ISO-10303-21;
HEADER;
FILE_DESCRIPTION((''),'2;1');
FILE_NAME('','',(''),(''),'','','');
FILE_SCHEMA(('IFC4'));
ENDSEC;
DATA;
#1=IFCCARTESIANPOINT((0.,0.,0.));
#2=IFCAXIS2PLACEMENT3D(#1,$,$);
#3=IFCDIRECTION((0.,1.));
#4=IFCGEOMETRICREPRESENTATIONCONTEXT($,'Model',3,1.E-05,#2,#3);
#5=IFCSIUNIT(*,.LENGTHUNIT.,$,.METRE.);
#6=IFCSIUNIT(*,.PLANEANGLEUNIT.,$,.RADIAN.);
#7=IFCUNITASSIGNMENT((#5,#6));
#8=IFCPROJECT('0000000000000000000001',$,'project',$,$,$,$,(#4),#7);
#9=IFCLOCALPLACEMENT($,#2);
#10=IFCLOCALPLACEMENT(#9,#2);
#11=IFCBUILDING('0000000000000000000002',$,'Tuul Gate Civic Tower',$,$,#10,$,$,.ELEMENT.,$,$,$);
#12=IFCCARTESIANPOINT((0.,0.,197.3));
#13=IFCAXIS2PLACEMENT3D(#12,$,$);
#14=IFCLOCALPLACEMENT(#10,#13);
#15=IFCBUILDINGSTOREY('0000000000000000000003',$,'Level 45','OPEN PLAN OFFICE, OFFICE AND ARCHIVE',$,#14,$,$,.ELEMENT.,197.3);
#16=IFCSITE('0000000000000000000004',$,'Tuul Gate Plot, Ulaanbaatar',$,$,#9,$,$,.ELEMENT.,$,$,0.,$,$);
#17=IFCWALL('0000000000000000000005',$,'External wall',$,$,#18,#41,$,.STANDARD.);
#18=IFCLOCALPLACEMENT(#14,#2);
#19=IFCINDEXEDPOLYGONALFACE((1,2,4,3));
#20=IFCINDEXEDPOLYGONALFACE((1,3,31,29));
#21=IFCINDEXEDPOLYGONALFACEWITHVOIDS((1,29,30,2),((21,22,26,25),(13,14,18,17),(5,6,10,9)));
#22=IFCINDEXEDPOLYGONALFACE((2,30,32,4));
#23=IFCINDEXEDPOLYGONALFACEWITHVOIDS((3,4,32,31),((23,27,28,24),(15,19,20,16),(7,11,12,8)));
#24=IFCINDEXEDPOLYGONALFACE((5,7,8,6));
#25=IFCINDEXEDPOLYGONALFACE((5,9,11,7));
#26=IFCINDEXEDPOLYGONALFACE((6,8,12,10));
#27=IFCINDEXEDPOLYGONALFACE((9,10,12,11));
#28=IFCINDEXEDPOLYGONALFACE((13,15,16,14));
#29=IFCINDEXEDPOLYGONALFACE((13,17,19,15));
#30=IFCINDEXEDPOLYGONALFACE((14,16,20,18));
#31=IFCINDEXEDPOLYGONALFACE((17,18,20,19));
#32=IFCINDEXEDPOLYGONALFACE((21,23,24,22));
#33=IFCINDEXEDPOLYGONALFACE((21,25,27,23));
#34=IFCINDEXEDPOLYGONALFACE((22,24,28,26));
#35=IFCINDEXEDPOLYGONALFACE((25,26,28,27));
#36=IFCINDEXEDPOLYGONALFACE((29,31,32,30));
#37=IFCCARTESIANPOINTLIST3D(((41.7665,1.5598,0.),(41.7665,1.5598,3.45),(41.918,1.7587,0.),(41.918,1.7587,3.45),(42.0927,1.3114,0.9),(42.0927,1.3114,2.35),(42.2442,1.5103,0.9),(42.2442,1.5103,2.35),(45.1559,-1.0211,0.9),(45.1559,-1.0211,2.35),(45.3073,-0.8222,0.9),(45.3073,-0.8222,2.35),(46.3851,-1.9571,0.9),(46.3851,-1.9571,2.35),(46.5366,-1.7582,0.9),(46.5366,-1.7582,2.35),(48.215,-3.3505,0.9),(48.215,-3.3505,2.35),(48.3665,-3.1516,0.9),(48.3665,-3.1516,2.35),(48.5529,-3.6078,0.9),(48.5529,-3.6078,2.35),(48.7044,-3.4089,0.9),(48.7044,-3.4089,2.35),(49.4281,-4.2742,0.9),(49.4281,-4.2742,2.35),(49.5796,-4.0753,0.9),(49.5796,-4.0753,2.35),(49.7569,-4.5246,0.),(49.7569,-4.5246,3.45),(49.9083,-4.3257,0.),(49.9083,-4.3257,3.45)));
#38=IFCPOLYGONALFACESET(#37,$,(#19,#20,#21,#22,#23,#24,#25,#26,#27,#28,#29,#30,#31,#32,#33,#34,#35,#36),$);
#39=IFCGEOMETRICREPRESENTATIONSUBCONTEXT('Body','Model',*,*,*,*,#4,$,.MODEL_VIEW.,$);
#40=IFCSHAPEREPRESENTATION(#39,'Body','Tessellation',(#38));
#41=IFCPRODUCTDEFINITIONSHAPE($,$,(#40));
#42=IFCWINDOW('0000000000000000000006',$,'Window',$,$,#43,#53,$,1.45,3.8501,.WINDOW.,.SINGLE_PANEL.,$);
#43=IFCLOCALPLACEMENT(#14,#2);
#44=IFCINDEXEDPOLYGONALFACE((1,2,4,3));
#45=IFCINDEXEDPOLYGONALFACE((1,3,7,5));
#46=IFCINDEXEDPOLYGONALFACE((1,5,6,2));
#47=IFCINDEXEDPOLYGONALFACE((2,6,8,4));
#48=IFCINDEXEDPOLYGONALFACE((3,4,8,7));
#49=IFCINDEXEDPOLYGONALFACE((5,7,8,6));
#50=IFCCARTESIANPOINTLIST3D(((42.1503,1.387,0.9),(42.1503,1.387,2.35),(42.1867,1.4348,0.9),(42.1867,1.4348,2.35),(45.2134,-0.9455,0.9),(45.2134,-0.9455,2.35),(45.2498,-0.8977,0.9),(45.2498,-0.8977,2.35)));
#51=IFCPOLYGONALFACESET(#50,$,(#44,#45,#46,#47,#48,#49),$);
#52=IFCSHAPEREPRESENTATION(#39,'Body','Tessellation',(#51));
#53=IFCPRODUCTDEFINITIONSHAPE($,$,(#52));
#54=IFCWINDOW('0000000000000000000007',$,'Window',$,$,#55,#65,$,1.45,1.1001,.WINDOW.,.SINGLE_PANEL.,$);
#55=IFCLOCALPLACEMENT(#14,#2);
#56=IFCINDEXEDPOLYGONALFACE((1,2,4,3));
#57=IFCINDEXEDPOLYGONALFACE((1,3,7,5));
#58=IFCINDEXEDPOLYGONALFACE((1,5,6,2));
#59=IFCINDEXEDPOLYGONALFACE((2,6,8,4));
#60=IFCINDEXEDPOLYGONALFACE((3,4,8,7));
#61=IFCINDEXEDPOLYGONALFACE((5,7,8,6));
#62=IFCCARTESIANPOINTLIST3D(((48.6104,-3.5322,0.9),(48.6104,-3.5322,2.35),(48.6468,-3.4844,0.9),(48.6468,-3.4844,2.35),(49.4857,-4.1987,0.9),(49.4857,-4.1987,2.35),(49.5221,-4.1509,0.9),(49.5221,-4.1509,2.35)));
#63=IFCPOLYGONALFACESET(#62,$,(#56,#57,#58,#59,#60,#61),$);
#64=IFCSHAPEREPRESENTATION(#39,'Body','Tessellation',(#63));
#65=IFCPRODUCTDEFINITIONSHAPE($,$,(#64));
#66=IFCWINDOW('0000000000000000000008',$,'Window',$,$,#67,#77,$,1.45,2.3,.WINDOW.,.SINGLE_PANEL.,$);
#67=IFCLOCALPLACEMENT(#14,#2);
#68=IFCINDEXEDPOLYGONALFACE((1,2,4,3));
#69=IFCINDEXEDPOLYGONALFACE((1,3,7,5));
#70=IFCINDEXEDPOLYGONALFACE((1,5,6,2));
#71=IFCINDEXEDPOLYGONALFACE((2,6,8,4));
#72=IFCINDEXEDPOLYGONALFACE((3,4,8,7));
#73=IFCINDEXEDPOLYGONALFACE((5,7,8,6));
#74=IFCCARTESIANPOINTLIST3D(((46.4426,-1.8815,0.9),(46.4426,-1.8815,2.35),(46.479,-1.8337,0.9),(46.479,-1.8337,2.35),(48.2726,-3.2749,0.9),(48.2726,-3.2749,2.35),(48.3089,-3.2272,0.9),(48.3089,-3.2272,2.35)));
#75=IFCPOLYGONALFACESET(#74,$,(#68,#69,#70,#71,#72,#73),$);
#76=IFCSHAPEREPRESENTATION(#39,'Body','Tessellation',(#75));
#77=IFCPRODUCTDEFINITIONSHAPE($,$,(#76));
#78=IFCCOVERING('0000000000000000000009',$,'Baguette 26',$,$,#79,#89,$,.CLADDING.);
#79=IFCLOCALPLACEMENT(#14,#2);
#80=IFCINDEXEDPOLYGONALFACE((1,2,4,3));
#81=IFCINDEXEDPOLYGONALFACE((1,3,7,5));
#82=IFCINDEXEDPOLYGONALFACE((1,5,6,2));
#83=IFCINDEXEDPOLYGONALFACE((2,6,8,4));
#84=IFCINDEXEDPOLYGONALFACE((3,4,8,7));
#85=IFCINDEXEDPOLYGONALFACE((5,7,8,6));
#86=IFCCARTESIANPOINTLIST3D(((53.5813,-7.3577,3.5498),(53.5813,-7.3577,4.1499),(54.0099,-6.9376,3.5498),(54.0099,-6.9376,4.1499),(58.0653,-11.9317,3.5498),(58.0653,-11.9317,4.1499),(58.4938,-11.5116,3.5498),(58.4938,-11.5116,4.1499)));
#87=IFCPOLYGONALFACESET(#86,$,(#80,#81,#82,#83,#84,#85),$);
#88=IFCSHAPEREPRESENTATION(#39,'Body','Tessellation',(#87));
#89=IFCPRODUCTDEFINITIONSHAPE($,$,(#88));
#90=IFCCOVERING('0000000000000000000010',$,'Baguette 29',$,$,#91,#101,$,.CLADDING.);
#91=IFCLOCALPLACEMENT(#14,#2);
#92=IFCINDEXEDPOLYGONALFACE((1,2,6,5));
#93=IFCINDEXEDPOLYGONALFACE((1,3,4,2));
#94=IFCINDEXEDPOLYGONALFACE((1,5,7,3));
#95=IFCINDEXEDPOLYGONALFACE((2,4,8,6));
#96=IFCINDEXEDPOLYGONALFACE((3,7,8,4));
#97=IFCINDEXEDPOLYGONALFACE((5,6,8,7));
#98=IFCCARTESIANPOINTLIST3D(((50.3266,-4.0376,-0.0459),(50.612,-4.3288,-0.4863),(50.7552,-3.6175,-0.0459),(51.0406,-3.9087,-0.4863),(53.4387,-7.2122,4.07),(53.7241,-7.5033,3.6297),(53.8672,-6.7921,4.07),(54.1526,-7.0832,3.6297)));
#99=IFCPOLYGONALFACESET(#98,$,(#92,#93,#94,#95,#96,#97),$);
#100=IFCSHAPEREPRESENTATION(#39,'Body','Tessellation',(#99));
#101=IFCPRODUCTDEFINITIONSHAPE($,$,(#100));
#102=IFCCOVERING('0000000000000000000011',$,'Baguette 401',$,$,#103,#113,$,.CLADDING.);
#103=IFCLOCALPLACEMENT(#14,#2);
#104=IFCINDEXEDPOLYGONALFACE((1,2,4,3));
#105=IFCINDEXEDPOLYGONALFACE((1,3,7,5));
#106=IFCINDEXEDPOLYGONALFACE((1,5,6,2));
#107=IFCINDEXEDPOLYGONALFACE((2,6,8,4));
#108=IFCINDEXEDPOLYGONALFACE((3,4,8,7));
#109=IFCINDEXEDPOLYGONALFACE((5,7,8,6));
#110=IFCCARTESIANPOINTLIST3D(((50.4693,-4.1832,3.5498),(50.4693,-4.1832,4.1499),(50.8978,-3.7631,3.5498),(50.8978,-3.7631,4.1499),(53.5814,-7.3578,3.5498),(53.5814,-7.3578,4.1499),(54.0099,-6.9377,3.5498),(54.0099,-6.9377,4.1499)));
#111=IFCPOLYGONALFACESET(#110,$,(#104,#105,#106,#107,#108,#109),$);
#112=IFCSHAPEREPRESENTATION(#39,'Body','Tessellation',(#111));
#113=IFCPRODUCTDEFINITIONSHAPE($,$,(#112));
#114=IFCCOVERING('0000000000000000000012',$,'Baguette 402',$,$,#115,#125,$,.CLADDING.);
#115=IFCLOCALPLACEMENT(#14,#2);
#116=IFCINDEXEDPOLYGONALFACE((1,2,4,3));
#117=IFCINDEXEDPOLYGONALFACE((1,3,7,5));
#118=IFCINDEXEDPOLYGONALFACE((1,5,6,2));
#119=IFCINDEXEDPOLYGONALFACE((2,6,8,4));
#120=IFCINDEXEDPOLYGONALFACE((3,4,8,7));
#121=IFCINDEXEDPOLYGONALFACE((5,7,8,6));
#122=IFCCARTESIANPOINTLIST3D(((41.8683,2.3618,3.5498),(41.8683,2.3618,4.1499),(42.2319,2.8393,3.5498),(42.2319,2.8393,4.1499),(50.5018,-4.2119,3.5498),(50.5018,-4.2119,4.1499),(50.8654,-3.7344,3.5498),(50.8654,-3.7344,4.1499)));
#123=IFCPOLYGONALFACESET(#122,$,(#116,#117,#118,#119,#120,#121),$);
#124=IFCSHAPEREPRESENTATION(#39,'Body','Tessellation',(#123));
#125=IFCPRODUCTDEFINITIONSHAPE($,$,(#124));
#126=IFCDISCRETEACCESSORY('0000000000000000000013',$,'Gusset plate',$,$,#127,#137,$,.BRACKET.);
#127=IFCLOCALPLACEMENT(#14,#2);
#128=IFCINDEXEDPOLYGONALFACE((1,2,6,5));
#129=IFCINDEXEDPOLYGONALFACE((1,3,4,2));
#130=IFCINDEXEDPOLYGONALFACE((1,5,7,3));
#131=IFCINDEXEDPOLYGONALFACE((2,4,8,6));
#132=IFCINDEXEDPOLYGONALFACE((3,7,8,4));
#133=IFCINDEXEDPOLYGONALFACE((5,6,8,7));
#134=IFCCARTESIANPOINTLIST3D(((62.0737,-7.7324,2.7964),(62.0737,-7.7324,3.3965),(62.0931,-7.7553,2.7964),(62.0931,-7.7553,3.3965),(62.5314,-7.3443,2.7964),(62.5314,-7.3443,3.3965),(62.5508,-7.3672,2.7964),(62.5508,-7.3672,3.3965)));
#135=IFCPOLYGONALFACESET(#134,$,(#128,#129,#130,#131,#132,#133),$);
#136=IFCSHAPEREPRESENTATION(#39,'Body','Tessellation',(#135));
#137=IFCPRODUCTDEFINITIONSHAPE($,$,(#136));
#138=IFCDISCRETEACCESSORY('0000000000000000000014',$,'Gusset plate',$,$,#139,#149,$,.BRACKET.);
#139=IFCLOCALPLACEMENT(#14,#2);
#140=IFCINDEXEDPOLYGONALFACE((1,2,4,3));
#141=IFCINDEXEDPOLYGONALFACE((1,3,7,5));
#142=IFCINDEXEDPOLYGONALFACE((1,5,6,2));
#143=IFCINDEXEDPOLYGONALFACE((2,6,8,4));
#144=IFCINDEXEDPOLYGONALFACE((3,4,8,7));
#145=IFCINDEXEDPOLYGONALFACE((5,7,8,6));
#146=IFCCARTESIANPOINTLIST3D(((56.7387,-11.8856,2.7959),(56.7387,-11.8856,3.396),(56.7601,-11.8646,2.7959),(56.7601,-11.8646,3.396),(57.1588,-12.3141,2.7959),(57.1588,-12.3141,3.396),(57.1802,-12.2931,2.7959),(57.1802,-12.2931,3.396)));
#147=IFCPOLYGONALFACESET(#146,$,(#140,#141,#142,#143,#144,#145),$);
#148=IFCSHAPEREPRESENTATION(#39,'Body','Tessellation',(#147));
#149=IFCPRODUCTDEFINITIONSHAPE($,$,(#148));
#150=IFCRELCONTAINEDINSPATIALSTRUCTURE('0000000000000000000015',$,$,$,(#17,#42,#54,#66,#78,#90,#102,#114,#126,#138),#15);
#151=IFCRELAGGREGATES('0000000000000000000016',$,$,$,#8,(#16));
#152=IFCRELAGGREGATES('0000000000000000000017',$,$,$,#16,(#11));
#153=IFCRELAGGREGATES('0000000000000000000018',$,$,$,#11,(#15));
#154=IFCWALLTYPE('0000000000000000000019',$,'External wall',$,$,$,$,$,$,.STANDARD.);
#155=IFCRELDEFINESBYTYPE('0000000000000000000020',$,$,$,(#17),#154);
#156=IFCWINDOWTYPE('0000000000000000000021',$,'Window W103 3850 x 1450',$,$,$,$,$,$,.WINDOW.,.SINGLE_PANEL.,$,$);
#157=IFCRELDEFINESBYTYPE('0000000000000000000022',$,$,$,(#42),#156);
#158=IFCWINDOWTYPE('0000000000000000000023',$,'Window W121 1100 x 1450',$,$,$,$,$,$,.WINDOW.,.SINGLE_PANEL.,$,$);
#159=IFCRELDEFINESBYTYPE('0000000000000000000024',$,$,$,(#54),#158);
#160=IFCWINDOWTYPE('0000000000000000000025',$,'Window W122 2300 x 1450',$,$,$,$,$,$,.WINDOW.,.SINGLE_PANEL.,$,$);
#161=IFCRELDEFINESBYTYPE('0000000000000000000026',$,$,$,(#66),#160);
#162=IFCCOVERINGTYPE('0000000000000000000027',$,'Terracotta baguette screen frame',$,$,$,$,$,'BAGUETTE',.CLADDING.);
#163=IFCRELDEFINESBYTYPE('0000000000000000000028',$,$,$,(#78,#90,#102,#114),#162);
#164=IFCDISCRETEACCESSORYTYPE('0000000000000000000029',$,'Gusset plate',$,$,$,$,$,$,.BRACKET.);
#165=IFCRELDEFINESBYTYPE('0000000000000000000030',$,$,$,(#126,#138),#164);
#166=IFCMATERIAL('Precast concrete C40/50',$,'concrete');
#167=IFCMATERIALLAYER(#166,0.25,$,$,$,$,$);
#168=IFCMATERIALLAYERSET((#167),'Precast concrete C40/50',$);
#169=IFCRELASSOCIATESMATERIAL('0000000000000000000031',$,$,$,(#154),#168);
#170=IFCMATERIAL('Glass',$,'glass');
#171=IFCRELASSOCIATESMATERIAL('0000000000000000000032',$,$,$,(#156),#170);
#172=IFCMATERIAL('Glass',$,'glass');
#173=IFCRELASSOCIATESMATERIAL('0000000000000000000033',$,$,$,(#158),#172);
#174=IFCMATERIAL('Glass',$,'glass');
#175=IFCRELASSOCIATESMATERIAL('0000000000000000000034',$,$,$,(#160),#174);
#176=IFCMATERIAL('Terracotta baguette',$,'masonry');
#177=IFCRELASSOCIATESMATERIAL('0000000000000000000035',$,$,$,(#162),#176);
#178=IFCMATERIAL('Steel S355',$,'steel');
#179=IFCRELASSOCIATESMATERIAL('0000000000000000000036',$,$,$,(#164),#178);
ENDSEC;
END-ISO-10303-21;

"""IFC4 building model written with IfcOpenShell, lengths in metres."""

from ifc_helpers import new_model, si_unit, direction, frame, frame_2d, origin, origin_2d, place, context, subcontext, project, spatial, rectangle, extrude, material, layer, layer_set, material_profile, profile_set, type_object, element, fill, save


model = new_model("IFC4")

# Units and contexts
model_context = context("Model", 3, precision=1e-05, world=origin(), true_north=direction((0.0, 1.0)))
body_context = subcontext(model_context, "Body", "Model", "MODEL_VIEW")
ifc_project = project(units=[si_unit("LENGTHUNIT", "METRE"), si_unit("PLANEANGLEUNIT", "RADIAN")], contexts=[model_context])

# Site, building, storey
site_placement = place(None, origin())
site = spatial("IfcSite", under=ifc_project, at=site_placement, Name="Tuul Gate Plot, Ulaanbaatar", CompositionType="ELEMENT", RefElevation=0.0)
building_placement = place(site_placement, origin())
building = spatial("IfcBuilding", under=site, at=building_placement, Name="Tuul Gate Civic Tower", CompositionType="ELEMENT")
storey_placement = place(building_placement, frame((0.0, 0.0, 197.3)))
storey = spatial("IfcBuildingStorey", under=building, at=storey_placement, Name="Level 45", Description="OPEN PLAN OFFICE, OFFICE AND ARCHIVE", CompositionType="ELEMENT", Elevation=197.3)

# Wall, openings, windows
ifc_material_1 = material(Name="Precast concrete C40/50", Category="concrete")
ifc_layer_1 = layer(ifc_material_1, 0.25)
ifc_layer_set_1 = layer_set([ifc_layer_1], Name="Precast concrete C40/50")
wall_type_1 = type_object("IfcWallType", Name="External wall", PredefinedType="STANDARD", material=ifc_layer_set_1)
ifc_material_2 = material(Name="Glass", Category="glass")
window_type_1 = type_object("IfcWindowType", Name="Window W103 3850 x 1450", PartitioningType="SINGLE_PANEL", PredefinedType="WINDOW", material=ifc_material_2)
wall_1_placement = place(storey_placement, frame((49.8325, -4.425, 0.0), z_axis=(0.0, 0.0, 1.0), x_axis=(-0.7956, 0.605822, 0.0)))
wall_1 = element("IfcWall", 1, at=wall_1_placement, inside=storey, type_object=wall_type_1, Name="External wall", PredefinedType="STANDARD", context=body_context, shape_type="SweptSolid", body=[
    extrude(rectangle(XDim=10.0432, YDim=0.25, at=frame_2d((5.0215, 0.0))), origin(), (0.0, 0.0, 1.0), 3.45),
])
opening_1_placement = place(wall_1_placement, frame((5.783, 0.0, 0.8999)))
opening_1 = element("IfcOpeningElement", 2, at=opening_1_placement, cuts=wall_1, PredefinedType="OPENING", context=body_context, shape_type="SweptSolid", body=[
    extrude(rectangle(XDim=3.8501, YDim=1.45, at=frame_2d((1.925, 0.7251))), frame((0.0, 0.135, 0.0), z_axis=(0.0, -1.0, 0.0), x_axis=(1.0, 0.0, 0.0)), (0.0, 0.0, 1.0), 0.27),
])
opening_2_placement = place(wall_1_placement, frame((0.4131, 0.0, 0.8999)))
opening_2 = element("IfcOpeningElement", 3, at=opening_2_placement, cuts=wall_1, PredefinedType="OPENING", context=body_context, shape_type="SweptSolid", body=[
    extrude(rectangle(XDim=1.1001, YDim=1.45, at=frame_2d((0.55, 0.7251))), frame((0.0, 0.135, 0.0), z_axis=(0.0, -1.0, 0.0), x_axis=(1.0, 0.0, 0.0)), (0.0, 0.0, 1.0), 0.27),
])
opening_3_placement = place(wall_1_placement, frame((1.938, 0.0, 0.8999)))
opening_3 = element("IfcOpeningElement", 4, at=opening_3_placement, cuts=wall_1, PredefinedType="OPENING", context=body_context, shape_type="SweptSolid", body=[
    extrude(rectangle(XDim=2.3, YDim=1.45, at=frame_2d((1.1499, 0.7251))), frame((0.0, 0.135, 0.0), z_axis=(0.0, -1.0, 0.0), x_axis=(1.0, 0.0, 0.0)), (0.0, 0.0, 1.0), 0.27),
])
window_1_placement = place(opening_1_placement, origin())
window_1 = element("IfcWindow", 5, at=window_1_placement, inside=storey, type_object=window_type_1, Name="Window", OverallHeight=1.45, OverallWidth=3.8501, PartitioningType="SINGLE_PANEL", PredefinedType="WINDOW", context=body_context, shape_type="SweptSolid", body=[
    extrude(rectangle(XDim=3.8501, YDim=1.45, at=frame_2d((1.925, 0.7251))), frame((0.0, 0.03, 0.0), z_axis=(0.0, -1.0, 0.0), x_axis=(1.0, 0.0, 0.0)), (0.0, 0.0, 1.0), 0.0601),
])
fill(opening_1, window_1)
ifc_material_3 = material(Name="Glass", Category="glass")
window_type_2 = type_object("IfcWindowType", Name="Window W121 1100 x 1450", PartitioningType="SINGLE_PANEL", PredefinedType="WINDOW", material=ifc_material_3)
window_2_placement = place(opening_2_placement, origin())
window_2 = element("IfcWindow", 6, at=window_2_placement, inside=storey, type_object=window_type_2, Name="Window", OverallHeight=1.45, OverallWidth=1.1001, PartitioningType="SINGLE_PANEL", PredefinedType="WINDOW", context=body_context, shape_type="SweptSolid", body=[
    extrude(rectangle(XDim=1.1001, YDim=1.45, at=frame_2d((0.55, 0.7251))), frame((0.0, 0.03, 0.0), z_axis=(0.0, -1.0, 0.0), x_axis=(1.0, 0.0, 0.0)), (0.0, 0.0, 1.0), 0.0601),
])
fill(opening_2, window_2)
ifc_material_4 = material(Name="Glass", Category="glass")
window_type_3 = type_object("IfcWindowType", Name="Window W122 2300 x 1450", PartitioningType="SINGLE_PANEL", PredefinedType="WINDOW", material=ifc_material_4)
window_3_placement = place(opening_3_placement, origin())
window_3 = element("IfcWindow", 7, at=window_3_placement, inside=storey, type_object=window_type_3, Name="Window", OverallHeight=1.45, OverallWidth=2.3, PartitioningType="SINGLE_PANEL", PredefinedType="WINDOW", context=body_context, shape_type="SweptSolid", body=[
    extrude(rectangle(XDim=2.3, YDim=1.45, at=frame_2d((1.1499, 0.7251))), frame((0.0, 0.03, 0.0), z_axis=(0.0, -1.0, 0.0), x_axis=(1.0, 0.0, 0.0)), (0.0, 0.0, 1.0), 0.0601),
])
fill(opening_3, window_3)

# Coverings
ifc_material_5 = material(Name="Terracotta baguette", Category="masonry")
ifc_material_profile_1 = material_profile(ifc_material_5, rectangle(XDim=0.6001, YDim=0.6001, at=origin_2d()), Name="Terracotta baguette screen frame")
ifc_profile_set_1 = profile_set([ifc_material_profile_1], Name="Terracotta baguette")
covering_type = type_object("IfcCoveringType", Name="Terracotta baguette screen frame", ElementType="BAGUETTE", PredefinedType="CLADDING", material=ifc_profile_set_1)
covering_1_placement = place(storey_placement, frame((58.2795, -11.7217, 3.8499), z_axis=(-0.700039, 0.714104, 0.0), x_axis=(-0.714104, -0.700039, 0.0)))
element("IfcCovering", 8, at=covering_1_placement, inside=storey, type_object=covering_type, Name="Baguette 26", PredefinedType="CLADDING", context=body_context, shape_type="SweptSolid", body=[
    extrude(rectangle(XDim=0.6001, YDim=0.6001, at=origin_2d()), origin(), (0.0, 0.0, 1.0), 6.4053),
])
covering_2_placement = place(storey_placement, frame((53.7957, -7.1477, 3.8499), z_axis=(-0.513679, 0.523995, -0.679384), x_axis=(-0.714101, -0.700042, 0.0)))
element("IfcCovering", 9, at=covering_2_placement, inside=storey, type_object=covering_type, Name="Baguette 29", PredefinedType="CLADDING", context=body_context, shape_type="SweptSolid", body=[
    extrude(rectangle(XDim=0.6001, YDim=0.6001, at=origin_2d()), origin(), (0.0, 0.0, 1.0), 6.0583),
])
covering_3_placement = place(storey_placement, frame((53.7957, -7.1477, 3.8499), z_axis=(-0.700042, 0.714101, 0.0), x_axis=(-0.714101, -0.700042, 0.0)))
element("IfcCovering", 10, at=covering_3_placement, inside=storey, type_object=covering_type, Name="Baguette 401", PredefinedType="CLADDING", context=body_context, shape_type="SweptSolid", body=[
    extrude(rectangle(XDim=0.6001, YDim=0.6001, at=origin_2d()), origin(), (0.0, 0.0, 1.0), 4.4456),
])
covering_4_placement = place(storey_placement, frame((50.6836, -3.9731, 3.8499), z_axis=(-0.795619, 0.605798, 0.0), x_axis=(-0.605798, -0.795619, 0.0)))
element("IfcCovering", 11, at=covering_4_placement, inside=storey, type_object=covering_type, Name="Baguette 402", PredefinedType="CLADDING", context=body_context, shape_type="SweptSolid", body=[
    extrude(rectangle(XDim=0.6001, YDim=0.6001, at=origin_2d()), origin(), (0.0, 0.0, 1.0), 10.8513),
])

# Discrete accessories
ifc_material_6 = material(Name="Steel S355", Category="steel")
discrete_accessory_type = type_object("IfcDiscreteAccessoryType", Name="Gusset plate", PredefinedType="BRACKET", material=ifc_material_6)
for number, where, z_axis, x_axis, name in (
    (12, (62.3123, -7.5498, 2.7964), (0.0, 0.0, 1.0), (-0.762825, -0.646605, 0.0), "Gusset plate"),
    (13, (56.9595, -12.0894, 2.7959), (0.0, 0.0, 1.0), (0.700048, -0.714096, 0.0), "Gusset plate"),
):
    element("IfcDiscreteAccessory", number, at=place(storey_placement, frame(where, z_axis=z_axis, x_axis=x_axis)), inside=storey, type_object=discrete_accessory_type, Name=name, PredefinedType="BRACKET", context=body_context, shape_type="SweptSolid", body=[
        extrude(rectangle(XDim=0.6001, YDim=0.03, at=origin_2d()), origin(), (0.0, 0.0, 1.0), 0.6001),
    ])

save(model, "model.ifc")
